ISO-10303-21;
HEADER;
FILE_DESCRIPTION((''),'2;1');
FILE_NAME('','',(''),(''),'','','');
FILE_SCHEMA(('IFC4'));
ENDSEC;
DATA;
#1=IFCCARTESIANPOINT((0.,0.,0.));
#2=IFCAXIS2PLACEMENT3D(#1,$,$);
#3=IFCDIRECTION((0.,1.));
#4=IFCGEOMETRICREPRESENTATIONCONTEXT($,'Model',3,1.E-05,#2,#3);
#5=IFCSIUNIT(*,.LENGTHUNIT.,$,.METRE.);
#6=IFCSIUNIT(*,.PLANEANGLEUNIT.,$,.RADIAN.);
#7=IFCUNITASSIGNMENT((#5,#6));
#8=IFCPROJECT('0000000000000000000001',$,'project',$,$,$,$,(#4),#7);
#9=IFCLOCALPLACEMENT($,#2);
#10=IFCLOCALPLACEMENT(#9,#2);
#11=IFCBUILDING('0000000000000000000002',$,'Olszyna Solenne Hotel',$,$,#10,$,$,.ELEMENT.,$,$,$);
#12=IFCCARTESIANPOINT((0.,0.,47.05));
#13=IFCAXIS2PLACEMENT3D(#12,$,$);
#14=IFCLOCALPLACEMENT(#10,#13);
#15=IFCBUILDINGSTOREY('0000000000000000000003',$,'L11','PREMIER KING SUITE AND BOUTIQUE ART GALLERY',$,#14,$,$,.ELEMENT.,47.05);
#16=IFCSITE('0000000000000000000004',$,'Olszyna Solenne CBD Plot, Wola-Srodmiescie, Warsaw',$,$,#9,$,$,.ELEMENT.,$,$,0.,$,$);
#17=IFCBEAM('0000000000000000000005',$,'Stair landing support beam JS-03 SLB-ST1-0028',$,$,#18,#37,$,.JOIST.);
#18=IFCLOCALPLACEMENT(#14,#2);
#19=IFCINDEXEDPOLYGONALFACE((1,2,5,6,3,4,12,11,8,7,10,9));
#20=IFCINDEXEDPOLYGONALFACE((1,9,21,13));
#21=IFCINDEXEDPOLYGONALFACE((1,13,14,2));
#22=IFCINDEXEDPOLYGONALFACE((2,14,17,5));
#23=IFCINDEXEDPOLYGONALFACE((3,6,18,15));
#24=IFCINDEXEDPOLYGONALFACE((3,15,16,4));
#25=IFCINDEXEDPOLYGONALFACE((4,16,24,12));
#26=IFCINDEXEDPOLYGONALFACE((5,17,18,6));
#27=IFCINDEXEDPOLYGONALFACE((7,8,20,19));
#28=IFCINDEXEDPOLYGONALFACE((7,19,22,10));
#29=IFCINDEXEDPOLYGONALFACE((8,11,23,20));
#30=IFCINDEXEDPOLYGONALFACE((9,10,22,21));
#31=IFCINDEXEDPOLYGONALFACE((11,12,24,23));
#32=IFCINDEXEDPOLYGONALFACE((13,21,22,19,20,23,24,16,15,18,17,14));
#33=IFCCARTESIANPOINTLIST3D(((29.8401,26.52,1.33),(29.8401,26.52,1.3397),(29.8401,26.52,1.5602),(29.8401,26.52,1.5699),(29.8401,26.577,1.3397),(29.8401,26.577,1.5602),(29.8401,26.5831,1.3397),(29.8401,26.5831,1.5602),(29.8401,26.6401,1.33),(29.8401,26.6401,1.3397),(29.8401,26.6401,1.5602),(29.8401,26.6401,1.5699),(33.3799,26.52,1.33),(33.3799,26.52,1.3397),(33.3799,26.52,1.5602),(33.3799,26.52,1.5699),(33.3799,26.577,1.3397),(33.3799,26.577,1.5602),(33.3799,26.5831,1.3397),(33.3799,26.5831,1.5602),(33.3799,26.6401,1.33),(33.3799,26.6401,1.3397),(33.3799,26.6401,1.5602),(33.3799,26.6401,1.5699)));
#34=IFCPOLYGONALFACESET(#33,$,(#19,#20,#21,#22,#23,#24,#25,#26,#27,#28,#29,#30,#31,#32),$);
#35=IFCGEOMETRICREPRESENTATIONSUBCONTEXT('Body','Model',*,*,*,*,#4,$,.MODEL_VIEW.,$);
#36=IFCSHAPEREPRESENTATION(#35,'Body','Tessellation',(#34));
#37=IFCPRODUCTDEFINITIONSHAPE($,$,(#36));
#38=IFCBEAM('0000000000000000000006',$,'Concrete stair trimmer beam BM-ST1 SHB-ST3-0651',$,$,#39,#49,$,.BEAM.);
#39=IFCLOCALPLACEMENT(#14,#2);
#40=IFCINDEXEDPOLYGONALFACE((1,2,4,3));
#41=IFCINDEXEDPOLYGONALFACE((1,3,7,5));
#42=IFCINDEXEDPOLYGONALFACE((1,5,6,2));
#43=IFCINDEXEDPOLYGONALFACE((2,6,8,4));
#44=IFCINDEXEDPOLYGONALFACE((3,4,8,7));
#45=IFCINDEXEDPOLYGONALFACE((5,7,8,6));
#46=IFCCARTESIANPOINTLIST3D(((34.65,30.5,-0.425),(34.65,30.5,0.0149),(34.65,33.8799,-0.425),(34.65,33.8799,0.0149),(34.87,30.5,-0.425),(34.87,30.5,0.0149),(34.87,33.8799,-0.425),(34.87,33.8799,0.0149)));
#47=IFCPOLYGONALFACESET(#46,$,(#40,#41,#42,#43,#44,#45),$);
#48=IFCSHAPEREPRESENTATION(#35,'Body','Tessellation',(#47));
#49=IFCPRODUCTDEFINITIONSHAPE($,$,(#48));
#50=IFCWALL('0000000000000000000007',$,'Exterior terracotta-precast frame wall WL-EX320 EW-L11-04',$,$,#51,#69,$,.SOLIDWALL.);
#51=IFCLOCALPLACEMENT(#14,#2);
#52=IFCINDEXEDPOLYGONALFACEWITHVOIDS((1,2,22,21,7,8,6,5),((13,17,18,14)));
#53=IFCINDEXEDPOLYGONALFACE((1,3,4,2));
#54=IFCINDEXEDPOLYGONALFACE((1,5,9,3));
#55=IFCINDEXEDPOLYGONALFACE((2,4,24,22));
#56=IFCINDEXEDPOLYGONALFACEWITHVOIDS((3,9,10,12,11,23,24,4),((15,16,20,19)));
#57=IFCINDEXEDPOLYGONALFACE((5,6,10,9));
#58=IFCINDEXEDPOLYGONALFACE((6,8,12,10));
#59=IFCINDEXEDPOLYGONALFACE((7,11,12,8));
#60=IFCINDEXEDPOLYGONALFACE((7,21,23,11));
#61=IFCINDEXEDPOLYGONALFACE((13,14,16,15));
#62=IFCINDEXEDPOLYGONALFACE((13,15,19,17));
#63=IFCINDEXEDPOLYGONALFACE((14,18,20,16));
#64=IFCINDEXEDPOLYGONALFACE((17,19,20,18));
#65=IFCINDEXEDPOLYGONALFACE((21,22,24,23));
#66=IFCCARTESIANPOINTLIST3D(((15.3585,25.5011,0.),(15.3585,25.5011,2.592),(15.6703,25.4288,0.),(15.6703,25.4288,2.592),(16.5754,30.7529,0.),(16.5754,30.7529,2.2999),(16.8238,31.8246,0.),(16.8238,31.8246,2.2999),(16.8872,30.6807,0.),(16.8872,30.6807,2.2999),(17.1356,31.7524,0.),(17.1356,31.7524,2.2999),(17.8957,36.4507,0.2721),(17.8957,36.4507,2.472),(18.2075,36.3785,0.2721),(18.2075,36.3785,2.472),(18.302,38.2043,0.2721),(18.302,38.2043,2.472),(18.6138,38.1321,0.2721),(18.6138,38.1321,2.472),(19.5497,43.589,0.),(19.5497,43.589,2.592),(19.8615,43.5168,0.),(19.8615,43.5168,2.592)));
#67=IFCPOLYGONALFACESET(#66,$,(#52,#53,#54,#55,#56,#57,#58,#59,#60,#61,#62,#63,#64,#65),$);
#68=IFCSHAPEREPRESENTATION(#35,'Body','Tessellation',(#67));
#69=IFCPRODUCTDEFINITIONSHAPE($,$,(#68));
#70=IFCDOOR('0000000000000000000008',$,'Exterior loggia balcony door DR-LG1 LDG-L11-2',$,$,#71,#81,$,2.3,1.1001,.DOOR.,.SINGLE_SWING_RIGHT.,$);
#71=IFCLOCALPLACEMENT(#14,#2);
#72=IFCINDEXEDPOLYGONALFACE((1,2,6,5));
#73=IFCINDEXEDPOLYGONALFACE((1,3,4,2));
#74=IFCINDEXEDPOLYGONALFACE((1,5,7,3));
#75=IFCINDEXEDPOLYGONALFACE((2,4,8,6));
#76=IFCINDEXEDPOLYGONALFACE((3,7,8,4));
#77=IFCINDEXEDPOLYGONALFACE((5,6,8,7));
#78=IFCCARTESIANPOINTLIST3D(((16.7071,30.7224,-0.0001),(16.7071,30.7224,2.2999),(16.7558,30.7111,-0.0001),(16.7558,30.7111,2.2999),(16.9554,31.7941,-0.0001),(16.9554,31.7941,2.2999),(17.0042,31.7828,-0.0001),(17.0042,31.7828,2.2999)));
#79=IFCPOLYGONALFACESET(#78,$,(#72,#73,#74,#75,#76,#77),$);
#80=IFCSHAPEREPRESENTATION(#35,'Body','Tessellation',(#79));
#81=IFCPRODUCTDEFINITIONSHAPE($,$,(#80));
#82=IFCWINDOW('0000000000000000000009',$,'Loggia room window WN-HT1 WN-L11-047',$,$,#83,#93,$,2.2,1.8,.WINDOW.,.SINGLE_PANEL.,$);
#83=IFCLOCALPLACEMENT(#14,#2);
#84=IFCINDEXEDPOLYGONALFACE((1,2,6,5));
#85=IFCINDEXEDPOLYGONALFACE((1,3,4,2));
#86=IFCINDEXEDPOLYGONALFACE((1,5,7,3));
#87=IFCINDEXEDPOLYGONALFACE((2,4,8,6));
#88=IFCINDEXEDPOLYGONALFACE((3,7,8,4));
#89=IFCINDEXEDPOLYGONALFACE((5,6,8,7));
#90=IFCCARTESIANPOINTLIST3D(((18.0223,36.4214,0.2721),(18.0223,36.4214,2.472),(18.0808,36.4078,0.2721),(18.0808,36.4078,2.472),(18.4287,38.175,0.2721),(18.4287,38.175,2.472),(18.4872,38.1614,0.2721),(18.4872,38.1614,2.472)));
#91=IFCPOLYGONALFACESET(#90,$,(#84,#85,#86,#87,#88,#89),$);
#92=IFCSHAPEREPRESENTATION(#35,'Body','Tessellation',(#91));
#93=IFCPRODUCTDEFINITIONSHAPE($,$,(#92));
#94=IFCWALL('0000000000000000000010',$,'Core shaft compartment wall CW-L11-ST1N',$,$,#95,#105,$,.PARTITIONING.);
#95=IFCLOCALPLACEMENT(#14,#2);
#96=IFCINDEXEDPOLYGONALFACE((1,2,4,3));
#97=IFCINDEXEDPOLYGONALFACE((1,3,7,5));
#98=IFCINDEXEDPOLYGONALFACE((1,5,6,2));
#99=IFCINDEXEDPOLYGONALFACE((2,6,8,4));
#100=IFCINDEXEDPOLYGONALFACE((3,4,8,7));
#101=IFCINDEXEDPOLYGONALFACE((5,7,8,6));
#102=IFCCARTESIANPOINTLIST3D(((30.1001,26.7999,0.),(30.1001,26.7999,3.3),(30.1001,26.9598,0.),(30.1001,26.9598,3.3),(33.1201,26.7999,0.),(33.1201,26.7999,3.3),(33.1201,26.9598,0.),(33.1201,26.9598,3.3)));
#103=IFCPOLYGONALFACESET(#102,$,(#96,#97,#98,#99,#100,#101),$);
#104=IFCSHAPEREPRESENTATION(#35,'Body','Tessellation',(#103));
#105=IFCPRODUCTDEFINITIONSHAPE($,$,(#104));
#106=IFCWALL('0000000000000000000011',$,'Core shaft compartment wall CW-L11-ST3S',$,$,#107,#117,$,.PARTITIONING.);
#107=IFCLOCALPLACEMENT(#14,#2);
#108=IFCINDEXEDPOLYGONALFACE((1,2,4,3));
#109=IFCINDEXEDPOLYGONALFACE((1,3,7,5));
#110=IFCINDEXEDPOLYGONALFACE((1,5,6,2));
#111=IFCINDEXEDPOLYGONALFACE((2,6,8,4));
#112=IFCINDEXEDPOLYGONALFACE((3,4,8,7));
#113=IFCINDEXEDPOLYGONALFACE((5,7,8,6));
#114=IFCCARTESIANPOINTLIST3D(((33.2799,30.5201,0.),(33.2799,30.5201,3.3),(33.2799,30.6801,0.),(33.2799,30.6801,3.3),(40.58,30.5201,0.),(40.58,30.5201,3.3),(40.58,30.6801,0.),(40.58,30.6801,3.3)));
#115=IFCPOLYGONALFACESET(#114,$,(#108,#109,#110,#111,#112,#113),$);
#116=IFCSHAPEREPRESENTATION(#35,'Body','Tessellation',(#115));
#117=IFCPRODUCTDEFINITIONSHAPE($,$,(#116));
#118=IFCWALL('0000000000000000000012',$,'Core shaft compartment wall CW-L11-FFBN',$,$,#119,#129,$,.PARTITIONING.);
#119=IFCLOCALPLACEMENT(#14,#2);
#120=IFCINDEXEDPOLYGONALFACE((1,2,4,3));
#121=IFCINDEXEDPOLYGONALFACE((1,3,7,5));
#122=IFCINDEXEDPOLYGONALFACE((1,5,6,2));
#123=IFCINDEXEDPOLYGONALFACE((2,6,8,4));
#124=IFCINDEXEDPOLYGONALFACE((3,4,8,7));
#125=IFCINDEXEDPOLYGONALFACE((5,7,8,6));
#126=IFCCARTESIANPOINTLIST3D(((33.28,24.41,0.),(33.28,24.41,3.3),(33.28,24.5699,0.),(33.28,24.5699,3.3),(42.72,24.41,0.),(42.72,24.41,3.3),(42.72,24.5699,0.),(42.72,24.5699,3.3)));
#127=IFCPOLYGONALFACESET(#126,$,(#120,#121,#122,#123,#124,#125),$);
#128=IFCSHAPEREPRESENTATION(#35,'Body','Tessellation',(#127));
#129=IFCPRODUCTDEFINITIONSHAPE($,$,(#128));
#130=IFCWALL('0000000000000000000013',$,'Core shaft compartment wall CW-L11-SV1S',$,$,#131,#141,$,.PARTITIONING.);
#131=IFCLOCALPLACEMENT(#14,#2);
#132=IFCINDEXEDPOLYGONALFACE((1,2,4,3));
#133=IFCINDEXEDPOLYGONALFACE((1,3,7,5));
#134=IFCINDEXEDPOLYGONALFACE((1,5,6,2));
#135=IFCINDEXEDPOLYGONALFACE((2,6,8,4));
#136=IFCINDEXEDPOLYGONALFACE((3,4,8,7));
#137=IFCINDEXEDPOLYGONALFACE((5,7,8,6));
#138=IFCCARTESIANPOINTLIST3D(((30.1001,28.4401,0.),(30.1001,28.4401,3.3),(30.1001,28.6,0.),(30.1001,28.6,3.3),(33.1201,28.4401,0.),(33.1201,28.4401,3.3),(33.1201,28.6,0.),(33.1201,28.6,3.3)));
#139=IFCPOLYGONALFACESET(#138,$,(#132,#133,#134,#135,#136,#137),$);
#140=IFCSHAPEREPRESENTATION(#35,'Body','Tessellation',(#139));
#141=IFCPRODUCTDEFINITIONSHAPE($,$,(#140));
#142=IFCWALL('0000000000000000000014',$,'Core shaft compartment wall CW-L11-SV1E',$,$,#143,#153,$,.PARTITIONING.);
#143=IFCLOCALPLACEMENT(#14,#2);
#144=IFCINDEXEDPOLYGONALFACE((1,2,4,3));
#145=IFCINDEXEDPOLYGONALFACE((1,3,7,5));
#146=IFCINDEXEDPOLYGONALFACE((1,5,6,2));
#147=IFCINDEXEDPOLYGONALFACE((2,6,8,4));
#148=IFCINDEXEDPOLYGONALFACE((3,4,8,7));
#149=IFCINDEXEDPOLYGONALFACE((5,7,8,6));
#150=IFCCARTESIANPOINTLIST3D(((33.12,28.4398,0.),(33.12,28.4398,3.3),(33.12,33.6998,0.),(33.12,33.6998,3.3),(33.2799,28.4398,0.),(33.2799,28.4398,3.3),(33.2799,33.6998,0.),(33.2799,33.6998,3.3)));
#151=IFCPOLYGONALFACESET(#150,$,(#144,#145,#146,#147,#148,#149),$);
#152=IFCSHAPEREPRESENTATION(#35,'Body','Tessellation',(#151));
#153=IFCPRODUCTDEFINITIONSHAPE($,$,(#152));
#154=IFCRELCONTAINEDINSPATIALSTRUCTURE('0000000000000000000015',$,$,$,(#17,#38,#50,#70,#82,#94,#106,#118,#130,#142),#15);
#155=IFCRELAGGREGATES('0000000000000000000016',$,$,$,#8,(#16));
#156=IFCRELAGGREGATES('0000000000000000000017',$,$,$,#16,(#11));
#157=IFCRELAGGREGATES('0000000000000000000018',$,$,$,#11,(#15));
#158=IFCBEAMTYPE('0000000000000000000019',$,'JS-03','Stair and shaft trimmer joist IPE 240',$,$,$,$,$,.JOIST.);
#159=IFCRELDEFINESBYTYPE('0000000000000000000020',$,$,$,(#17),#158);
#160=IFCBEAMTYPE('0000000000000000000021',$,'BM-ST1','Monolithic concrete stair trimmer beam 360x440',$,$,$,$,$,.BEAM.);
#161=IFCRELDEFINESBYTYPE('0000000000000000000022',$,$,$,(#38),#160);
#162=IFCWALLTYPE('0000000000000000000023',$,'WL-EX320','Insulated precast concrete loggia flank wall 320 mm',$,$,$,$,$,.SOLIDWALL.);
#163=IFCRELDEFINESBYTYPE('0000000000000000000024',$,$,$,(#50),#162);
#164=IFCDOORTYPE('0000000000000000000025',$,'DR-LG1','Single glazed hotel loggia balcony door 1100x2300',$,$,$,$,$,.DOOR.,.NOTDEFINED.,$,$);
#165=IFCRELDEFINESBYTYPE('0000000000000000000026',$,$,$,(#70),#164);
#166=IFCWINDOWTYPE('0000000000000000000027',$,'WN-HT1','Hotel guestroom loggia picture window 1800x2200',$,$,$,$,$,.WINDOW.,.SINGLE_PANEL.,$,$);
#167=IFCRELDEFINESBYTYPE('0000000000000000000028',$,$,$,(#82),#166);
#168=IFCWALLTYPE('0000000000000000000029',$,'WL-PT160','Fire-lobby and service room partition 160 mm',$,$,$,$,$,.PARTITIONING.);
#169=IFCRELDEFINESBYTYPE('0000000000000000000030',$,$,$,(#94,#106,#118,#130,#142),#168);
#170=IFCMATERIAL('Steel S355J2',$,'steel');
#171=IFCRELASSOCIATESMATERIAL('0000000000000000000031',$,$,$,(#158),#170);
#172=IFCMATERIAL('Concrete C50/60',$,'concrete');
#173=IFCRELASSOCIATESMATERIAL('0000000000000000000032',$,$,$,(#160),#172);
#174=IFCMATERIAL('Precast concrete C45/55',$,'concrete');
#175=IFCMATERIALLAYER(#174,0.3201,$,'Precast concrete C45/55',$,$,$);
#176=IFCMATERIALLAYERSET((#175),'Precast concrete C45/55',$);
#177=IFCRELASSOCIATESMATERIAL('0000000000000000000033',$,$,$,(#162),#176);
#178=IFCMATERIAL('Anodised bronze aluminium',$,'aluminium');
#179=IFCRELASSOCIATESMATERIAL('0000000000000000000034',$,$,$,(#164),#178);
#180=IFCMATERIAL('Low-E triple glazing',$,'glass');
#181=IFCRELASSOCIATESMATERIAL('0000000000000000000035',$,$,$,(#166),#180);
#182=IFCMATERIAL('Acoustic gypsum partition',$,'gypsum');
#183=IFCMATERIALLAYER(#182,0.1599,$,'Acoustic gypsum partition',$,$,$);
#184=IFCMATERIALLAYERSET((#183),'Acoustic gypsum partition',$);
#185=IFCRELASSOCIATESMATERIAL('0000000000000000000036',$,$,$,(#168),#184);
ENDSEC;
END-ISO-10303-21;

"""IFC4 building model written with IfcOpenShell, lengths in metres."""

from ifc_helpers import new_model, si_unit, direction, frame, frame_2d, origin, origin_2d, place, context, subcontext, project, spatial, rectangle, i_section, extrude, source, transform, mapped, material, layer, layer_set, material_profile, profile_set, type_object, type_shapes, element, fill, save


model = new_model("IFC4")

# Units and contexts
model_context = context("Model", 3, precision=1e-05, world=origin(), true_north=direction((0.0, 1.0)))
body_context = subcontext(model_context, "Body", "Model", "MODEL_VIEW")
ifc_project = project(units=[si_unit("LENGTHUNIT", "METRE"), si_unit("PLANEANGLEUNIT", "RADIAN")], contexts=[model_context])

# Site, building, storey
site_placement = place(None, origin())
site = spatial("IfcSite", under=ifc_project, at=site_placement, Name="Olszyna Solenne CBD Plot, Wola-Srodmiescie, Warsaw", CompositionType="ELEMENT", RefElevation=0.0)
building_placement = place(site_placement, origin())
building = spatial("IfcBuilding", under=site, at=building_placement, Name="Olszyna Solenne Hotel", CompositionType="ELEMENT")
storey_placement = place(building_placement, frame((0.0, 0.0, 47.05)))
storey = spatial("IfcBuildingStorey", under=building, at=storey_placement, Name="L11", Description="PREMIER KING SUITE AND BOUTIQUE ART GALLERY", CompositionType="ELEMENT", Elevation=47.05)

# Shared definitions
ifc_material_1 = material(Name="Steel S355J2", Category="steel")

# Shared definitions
ifc_material_2 = material(Name="Anodised bronze aluminium", Category="aluminium")

# Beams
ifc_material_profile_1 = material_profile(ifc_material_1, i_section(OverallWidth=0.1201, OverallDepth=0.24, WebThickness=0.0061, FlangeThickness=0.0098, at=origin_2d()), Name="IPE 240", Category="load-bearing")
ifc_profile_set_1 = profile_set([ifc_material_profile_1], Name="Steel S355J2")
beam_type_1 = type_object("IfcBeamType", Name="JS-03", Description="Stair and shaft trimmer joist IPE 240", PredefinedType="JOIST", material=ifc_profile_set_1)
shared_shape_1 = source(origin(), body_context, "Body", "SweptSolid", [
    extrude(i_section(OverallWidth=0.1201, OverallDepth=0.24, WebThickness=0.0061, FlangeThickness=0.0098, at=origin_2d()), origin(), (0.0, 0.0, 1.0), 3.5398),
])
for number, where, z_axis, x_axis, name in (
    (1, (33.3799, 26.5801, 1.45), (-1.0, 0.0, 0.0), (0.0, -1.0, 0.0), "Stair landing support beam JS-03 SLB-ST1-0028"),
):
    element("IfcBeam", number, at=place(storey_placement, frame(where, z_axis=z_axis, x_axis=x_axis)), inside=storey, type_object=beam_type_1, Name=name, PredefinedType="JOIST", context=body_context, shape_type="MappedRepresentation", body=[
        mapped(shared_shape_1, transform((0.0, 0.0, 0.0), x_axis=(1.0, 0.0, 0.0), y_axis=(0.0, 1.0, 0.0), z_axis=(0.0, 0.0, 1.0), scale=1.0)),
    ])
ifc_material_3 = material(Name="Concrete C50/60", Category="concrete")
ifc_material_profile_2 = material_profile(ifc_material_3, rectangle(XDim=0.22, YDim=0.4399, at=origin_2d()), Name="RC 220x440", Category="load-bearing")
ifc_profile_set_2 = profile_set([ifc_material_profile_2], Name="Concrete C50/60")
beam_type_2 = type_object("IfcBeamType", Name="BM-ST1", Description="Monolithic concrete stair trimmer beam 360x440", PredefinedType="BEAM", material=ifc_profile_set_2)
shared_shape_2 = source(origin(), body_context, "Body", "SweptSolid", [
    extrude(rectangle(XDim=0.22, YDim=0.4399, at=origin_2d()), origin(), (0.0, 0.0, 1.0), 3.3799),
])
beam_1_placement = place(storey_placement, frame((34.76, 30.5, -0.2051), z_axis=(0.0, 1.0, 0.0), x_axis=(-1.0, 0.0, 0.0)))
element("IfcBeam", 2, at=beam_1_placement, inside=storey, type_object=beam_type_2, Name="Concrete stair trimmer beam BM-ST1 SHB-ST3-0651", PredefinedType="BEAM", context=body_context, shape_type="MappedRepresentation", body=[
    mapped(shared_shape_2, transform((0.0, 0.0, 0.0), x_axis=(1.0, 0.0, 0.0), y_axis=(0.0, 1.0, 0.0), z_axis=(0.0, 0.0, 1.0), scale=1.0)),
])

# Wall, openings, door, window
ifc_material_4 = material(Name="Precast concrete C45/55", Category="concrete")
ifc_layer_1 = layer(ifc_material_4, 0.3201, Name="Precast concrete C45/55")
ifc_layer_set_1 = layer_set([ifc_layer_1], Name="Precast concrete C45/55")
wall_type_1 = type_object("IfcWallType", Name="WL-EX320", Description="Insulated precast concrete loggia flank wall 320 mm", PredefinedType="SOLIDWALL", material=ifc_layer_set_1)
wall_1_placement = place(storey_placement, frame((15.5144, 25.4648, 0.0), z_axis=(0.0, 0.0, 1.0), x_axis=(0.22573, 0.97419, 0.0)))
wall_1 = element("IfcWall", 3, at=wall_1_placement, inside=storey, type_object=wall_type_1, Name="Exterior terracotta-precast frame wall WL-EX320 EW-L11-04", PredefinedType="SOLIDWALL", context=body_context, shape_type="SweptSolid", body=[
    extrude(rectangle(XDim=18.5671, YDim=0.3201, at=frame_2d((9.2837, 0.0))), origin(), (0.0, 0.0, 1.0), 2.592),
])
opening_1_placement = place(wall_1_placement, frame((5.3911, 0.0, 0.0)))
opening_1 = element("IfcOpeningElement", 4, at=opening_1_placement, cuts=wall_1, PredefinedType="OPENING", context=body_context, shape_type="SweptSolid", body=[
    extrude(rectangle(XDim=1.1001, YDim=2.3, at=frame_2d((0.55, 1.1499))), frame((0.0, 0.1699, 0.0), z_axis=(0.0, -1.0, 0.0), x_axis=(1.0, 0.0, 0.0)), (0.0, 0.0, 1.0), 0.3401),
])
opening_2_placement = place(wall_1_placement, frame((11.24, 0.0, 0.272)))
opening_2 = element("IfcOpeningElement", 5, at=opening_2_placement, cuts=wall_1, PredefinedType="OPENING", context=body_context, shape_type="SweptSolid", body=[
    extrude(rectangle(XDim=1.8, YDim=2.2, at=frame_2d((0.8999, 1.1001))), frame((0.0, 0.1699, 0.0), z_axis=(0.0, -1.0, 0.0), x_axis=(1.0, 0.0, 0.0)), (0.0, 0.0, 1.0), 0.3401),
])
door_type_1 = type_object("IfcDoorType", Name="DR-LG1", Description="Single glazed hotel loggia balcony door 1100x2300", OperationType="NOTDEFINED", PredefinedType="DOOR", material=ifc_material_2)
shared_shape_3 = source(origin(), body_context, "Body", "SweptSolid", [
    extrude(rectangle(XDim=1.1001, YDim=2.3, at=frame_2d((0.55, 1.1499))), frame((0.0, 0.0249, 0.0), z_axis=(0.0, -1.0, 0.0), x_axis=(1.0, 0.0, 0.0)), (0.0, 0.0, 1.0), 0.05),
])
type_shapes(door_type_1, [shared_shape_3])
door_1_placement = place(opening_1_placement, origin())
door_1 = element("IfcDoor", 6, at=door_1_placement, inside=storey, type_object=door_type_1, Name="Exterior loggia balcony door DR-LG1 LDG-L11-2", OperationType="SINGLE_SWING_RIGHT", OverallHeight=2.3, OverallWidth=1.1001, PredefinedType="DOOR", context=body_context, shape_type="MappedRepresentation", body=[
    mapped(shared_shape_3, transform((0.0, 0.0, 0.0), x_axis=(1.0, 0.0, 0.0), y_axis=(0.0, 1.0, 0.0), z_axis=(0.0, 0.0, 1.0), scale=1.0)),
])
fill(opening_1, door_1)
ifc_material_5 = material(Name="Low-E triple glazing", Category="glass")
window_type = type_object("IfcWindowType", Name="WN-HT1", Description="Hotel guestroom loggia picture window 1800x2200", PartitioningType="SINGLE_PANEL", PredefinedType="WINDOW", material=ifc_material_5)
shared_shape_4 = source(origin(), body_context, "Body", "SweptSolid", [
    extrude(rectangle(XDim=1.8, YDim=2.2, at=frame_2d((0.8999, 1.1001))), frame((0.0, 0.03, 0.0), z_axis=(0.0, -1.0, 0.0), x_axis=(1.0, 0.0, 0.0)), (0.0, 0.0, 1.0), 0.0601),
])
type_shapes(window_type, [shared_shape_4])
window_placement = place(opening_2_placement, origin())
window = element("IfcWindow", 7, at=window_placement, inside=storey, type_object=window_type, Name="Loggia room window WN-HT1 WN-L11-047", OverallHeight=2.2, OverallWidth=1.8, PartitioningType="SINGLE_PANEL", PredefinedType="WINDOW", context=body_context, shape_type="MappedRepresentation", body=[
    mapped(shared_shape_4, transform((0.0, 0.0, 0.0), x_axis=(1.0, 0.0, 0.0), y_axis=(0.0, 1.0, 0.0), z_axis=(0.0, 0.0, 1.0), scale=1.0)),
])
fill(opening_2, window)

# Walls
ifc_material_6 = material(Name="Acoustic gypsum partition", Category="gypsum")
ifc_layer_2 = layer(ifc_material_6, 0.1599, Name="Acoustic gypsum partition")
ifc_layer_set_2 = layer_set([ifc_layer_2], Name="Acoustic gypsum partition")
wall_type_2 = type_object("IfcWallType", Name="WL-PT160", Description="Fire-lobby and service room partition 160 mm", PredefinedType="PARTITIONING", material=ifc_layer_set_2)
wall_2_placement = place(storey_placement, frame((30.1001, 26.8799, 0.0), z_axis=(0.0, 0.0, 1.0), x_axis=(1.0, 0.0, 0.0)))
element("IfcWall", 8, at=wall_2_placement, inside=storey, type_object=wall_type_2, Name="Core shaft compartment wall CW-L11-ST1N", PredefinedType="PARTITIONING", context=body_context, shape_type="SweptSolid", body=[
    extrude(rectangle(XDim=3.02, YDim=0.1599, at=frame_2d((1.51, 0.0))), origin(), (0.0, 0.0, 1.0), 3.3),
])
wall_3_placement = place(storey_placement, frame((33.28, 30.6001, 0.0), z_axis=(0.0, 0.0, 1.0), x_axis=(1.0, 0.0, 0.0)))
element("IfcWall", 9, at=wall_3_placement, inside=storey, type_object=wall_type_2, Name="Core shaft compartment wall CW-L11-ST3S", PredefinedType="PARTITIONING", context=body_context, shape_type="SweptSolid", body=[
    extrude(rectangle(XDim=7.3, YDim=0.1599, at=frame_2d((3.6499, 0.0))), origin(), (0.0, 0.0, 1.0), 3.3),
])
wall_4_placement = place(storey_placement, frame((33.28, 24.49, 0.0), z_axis=(0.0, 0.0, 1.0), x_axis=(1.0, 0.0, 0.0)))
element("IfcWall", 10, at=wall_4_placement, inside=storey, type_object=wall_type_2, Name="Core shaft compartment wall CW-L11-FFBN", PredefinedType="PARTITIONING", context=body_context, shape_type="SweptSolid", body=[
    extrude(rectangle(XDim=9.4399, YDim=0.1599, at=frame_2d((4.72, 0.0))), origin(), (0.0, 0.0, 1.0), 3.3),
])
wall_5_placement = place(storey_placement, frame((30.1001, 28.52, 0.0), z_axis=(0.0, 0.0, 1.0), x_axis=(1.0, 0.0, 0.0)))
element("IfcWall", 11, at=wall_5_placement, inside=storey, type_object=wall_type_2, Name="Core shaft compartment wall CW-L11-SV1S", PredefinedType="PARTITIONING", context=body_context, shape_type="SweptSolid", body=[
    extrude(rectangle(XDim=3.02, YDim=0.1599, at=frame_2d((1.51, 0.0))), origin(), (0.0, 0.0, 1.0), 3.3),
])
wall_6_placement = place(storey_placement, frame((33.2, 28.4399, 0.0), z_axis=(0.0, 0.0, 1.0), x_axis=(0.0, 1.0, 0.0)))
element("IfcWall", 12, at=wall_6_placement, inside=storey, type_object=wall_type_2, Name="Core shaft compartment wall CW-L11-SV1E", PredefinedType="PARTITIONING", context=body_context, shape_type="SweptSolid", body=[
    extrude(rectangle(XDim=5.26, YDim=0.1599, at=frame_2d((2.6299, 0.0))), origin(), (0.0, 0.0, 1.0), 3.3),
])

save(model, "model.ifc")
